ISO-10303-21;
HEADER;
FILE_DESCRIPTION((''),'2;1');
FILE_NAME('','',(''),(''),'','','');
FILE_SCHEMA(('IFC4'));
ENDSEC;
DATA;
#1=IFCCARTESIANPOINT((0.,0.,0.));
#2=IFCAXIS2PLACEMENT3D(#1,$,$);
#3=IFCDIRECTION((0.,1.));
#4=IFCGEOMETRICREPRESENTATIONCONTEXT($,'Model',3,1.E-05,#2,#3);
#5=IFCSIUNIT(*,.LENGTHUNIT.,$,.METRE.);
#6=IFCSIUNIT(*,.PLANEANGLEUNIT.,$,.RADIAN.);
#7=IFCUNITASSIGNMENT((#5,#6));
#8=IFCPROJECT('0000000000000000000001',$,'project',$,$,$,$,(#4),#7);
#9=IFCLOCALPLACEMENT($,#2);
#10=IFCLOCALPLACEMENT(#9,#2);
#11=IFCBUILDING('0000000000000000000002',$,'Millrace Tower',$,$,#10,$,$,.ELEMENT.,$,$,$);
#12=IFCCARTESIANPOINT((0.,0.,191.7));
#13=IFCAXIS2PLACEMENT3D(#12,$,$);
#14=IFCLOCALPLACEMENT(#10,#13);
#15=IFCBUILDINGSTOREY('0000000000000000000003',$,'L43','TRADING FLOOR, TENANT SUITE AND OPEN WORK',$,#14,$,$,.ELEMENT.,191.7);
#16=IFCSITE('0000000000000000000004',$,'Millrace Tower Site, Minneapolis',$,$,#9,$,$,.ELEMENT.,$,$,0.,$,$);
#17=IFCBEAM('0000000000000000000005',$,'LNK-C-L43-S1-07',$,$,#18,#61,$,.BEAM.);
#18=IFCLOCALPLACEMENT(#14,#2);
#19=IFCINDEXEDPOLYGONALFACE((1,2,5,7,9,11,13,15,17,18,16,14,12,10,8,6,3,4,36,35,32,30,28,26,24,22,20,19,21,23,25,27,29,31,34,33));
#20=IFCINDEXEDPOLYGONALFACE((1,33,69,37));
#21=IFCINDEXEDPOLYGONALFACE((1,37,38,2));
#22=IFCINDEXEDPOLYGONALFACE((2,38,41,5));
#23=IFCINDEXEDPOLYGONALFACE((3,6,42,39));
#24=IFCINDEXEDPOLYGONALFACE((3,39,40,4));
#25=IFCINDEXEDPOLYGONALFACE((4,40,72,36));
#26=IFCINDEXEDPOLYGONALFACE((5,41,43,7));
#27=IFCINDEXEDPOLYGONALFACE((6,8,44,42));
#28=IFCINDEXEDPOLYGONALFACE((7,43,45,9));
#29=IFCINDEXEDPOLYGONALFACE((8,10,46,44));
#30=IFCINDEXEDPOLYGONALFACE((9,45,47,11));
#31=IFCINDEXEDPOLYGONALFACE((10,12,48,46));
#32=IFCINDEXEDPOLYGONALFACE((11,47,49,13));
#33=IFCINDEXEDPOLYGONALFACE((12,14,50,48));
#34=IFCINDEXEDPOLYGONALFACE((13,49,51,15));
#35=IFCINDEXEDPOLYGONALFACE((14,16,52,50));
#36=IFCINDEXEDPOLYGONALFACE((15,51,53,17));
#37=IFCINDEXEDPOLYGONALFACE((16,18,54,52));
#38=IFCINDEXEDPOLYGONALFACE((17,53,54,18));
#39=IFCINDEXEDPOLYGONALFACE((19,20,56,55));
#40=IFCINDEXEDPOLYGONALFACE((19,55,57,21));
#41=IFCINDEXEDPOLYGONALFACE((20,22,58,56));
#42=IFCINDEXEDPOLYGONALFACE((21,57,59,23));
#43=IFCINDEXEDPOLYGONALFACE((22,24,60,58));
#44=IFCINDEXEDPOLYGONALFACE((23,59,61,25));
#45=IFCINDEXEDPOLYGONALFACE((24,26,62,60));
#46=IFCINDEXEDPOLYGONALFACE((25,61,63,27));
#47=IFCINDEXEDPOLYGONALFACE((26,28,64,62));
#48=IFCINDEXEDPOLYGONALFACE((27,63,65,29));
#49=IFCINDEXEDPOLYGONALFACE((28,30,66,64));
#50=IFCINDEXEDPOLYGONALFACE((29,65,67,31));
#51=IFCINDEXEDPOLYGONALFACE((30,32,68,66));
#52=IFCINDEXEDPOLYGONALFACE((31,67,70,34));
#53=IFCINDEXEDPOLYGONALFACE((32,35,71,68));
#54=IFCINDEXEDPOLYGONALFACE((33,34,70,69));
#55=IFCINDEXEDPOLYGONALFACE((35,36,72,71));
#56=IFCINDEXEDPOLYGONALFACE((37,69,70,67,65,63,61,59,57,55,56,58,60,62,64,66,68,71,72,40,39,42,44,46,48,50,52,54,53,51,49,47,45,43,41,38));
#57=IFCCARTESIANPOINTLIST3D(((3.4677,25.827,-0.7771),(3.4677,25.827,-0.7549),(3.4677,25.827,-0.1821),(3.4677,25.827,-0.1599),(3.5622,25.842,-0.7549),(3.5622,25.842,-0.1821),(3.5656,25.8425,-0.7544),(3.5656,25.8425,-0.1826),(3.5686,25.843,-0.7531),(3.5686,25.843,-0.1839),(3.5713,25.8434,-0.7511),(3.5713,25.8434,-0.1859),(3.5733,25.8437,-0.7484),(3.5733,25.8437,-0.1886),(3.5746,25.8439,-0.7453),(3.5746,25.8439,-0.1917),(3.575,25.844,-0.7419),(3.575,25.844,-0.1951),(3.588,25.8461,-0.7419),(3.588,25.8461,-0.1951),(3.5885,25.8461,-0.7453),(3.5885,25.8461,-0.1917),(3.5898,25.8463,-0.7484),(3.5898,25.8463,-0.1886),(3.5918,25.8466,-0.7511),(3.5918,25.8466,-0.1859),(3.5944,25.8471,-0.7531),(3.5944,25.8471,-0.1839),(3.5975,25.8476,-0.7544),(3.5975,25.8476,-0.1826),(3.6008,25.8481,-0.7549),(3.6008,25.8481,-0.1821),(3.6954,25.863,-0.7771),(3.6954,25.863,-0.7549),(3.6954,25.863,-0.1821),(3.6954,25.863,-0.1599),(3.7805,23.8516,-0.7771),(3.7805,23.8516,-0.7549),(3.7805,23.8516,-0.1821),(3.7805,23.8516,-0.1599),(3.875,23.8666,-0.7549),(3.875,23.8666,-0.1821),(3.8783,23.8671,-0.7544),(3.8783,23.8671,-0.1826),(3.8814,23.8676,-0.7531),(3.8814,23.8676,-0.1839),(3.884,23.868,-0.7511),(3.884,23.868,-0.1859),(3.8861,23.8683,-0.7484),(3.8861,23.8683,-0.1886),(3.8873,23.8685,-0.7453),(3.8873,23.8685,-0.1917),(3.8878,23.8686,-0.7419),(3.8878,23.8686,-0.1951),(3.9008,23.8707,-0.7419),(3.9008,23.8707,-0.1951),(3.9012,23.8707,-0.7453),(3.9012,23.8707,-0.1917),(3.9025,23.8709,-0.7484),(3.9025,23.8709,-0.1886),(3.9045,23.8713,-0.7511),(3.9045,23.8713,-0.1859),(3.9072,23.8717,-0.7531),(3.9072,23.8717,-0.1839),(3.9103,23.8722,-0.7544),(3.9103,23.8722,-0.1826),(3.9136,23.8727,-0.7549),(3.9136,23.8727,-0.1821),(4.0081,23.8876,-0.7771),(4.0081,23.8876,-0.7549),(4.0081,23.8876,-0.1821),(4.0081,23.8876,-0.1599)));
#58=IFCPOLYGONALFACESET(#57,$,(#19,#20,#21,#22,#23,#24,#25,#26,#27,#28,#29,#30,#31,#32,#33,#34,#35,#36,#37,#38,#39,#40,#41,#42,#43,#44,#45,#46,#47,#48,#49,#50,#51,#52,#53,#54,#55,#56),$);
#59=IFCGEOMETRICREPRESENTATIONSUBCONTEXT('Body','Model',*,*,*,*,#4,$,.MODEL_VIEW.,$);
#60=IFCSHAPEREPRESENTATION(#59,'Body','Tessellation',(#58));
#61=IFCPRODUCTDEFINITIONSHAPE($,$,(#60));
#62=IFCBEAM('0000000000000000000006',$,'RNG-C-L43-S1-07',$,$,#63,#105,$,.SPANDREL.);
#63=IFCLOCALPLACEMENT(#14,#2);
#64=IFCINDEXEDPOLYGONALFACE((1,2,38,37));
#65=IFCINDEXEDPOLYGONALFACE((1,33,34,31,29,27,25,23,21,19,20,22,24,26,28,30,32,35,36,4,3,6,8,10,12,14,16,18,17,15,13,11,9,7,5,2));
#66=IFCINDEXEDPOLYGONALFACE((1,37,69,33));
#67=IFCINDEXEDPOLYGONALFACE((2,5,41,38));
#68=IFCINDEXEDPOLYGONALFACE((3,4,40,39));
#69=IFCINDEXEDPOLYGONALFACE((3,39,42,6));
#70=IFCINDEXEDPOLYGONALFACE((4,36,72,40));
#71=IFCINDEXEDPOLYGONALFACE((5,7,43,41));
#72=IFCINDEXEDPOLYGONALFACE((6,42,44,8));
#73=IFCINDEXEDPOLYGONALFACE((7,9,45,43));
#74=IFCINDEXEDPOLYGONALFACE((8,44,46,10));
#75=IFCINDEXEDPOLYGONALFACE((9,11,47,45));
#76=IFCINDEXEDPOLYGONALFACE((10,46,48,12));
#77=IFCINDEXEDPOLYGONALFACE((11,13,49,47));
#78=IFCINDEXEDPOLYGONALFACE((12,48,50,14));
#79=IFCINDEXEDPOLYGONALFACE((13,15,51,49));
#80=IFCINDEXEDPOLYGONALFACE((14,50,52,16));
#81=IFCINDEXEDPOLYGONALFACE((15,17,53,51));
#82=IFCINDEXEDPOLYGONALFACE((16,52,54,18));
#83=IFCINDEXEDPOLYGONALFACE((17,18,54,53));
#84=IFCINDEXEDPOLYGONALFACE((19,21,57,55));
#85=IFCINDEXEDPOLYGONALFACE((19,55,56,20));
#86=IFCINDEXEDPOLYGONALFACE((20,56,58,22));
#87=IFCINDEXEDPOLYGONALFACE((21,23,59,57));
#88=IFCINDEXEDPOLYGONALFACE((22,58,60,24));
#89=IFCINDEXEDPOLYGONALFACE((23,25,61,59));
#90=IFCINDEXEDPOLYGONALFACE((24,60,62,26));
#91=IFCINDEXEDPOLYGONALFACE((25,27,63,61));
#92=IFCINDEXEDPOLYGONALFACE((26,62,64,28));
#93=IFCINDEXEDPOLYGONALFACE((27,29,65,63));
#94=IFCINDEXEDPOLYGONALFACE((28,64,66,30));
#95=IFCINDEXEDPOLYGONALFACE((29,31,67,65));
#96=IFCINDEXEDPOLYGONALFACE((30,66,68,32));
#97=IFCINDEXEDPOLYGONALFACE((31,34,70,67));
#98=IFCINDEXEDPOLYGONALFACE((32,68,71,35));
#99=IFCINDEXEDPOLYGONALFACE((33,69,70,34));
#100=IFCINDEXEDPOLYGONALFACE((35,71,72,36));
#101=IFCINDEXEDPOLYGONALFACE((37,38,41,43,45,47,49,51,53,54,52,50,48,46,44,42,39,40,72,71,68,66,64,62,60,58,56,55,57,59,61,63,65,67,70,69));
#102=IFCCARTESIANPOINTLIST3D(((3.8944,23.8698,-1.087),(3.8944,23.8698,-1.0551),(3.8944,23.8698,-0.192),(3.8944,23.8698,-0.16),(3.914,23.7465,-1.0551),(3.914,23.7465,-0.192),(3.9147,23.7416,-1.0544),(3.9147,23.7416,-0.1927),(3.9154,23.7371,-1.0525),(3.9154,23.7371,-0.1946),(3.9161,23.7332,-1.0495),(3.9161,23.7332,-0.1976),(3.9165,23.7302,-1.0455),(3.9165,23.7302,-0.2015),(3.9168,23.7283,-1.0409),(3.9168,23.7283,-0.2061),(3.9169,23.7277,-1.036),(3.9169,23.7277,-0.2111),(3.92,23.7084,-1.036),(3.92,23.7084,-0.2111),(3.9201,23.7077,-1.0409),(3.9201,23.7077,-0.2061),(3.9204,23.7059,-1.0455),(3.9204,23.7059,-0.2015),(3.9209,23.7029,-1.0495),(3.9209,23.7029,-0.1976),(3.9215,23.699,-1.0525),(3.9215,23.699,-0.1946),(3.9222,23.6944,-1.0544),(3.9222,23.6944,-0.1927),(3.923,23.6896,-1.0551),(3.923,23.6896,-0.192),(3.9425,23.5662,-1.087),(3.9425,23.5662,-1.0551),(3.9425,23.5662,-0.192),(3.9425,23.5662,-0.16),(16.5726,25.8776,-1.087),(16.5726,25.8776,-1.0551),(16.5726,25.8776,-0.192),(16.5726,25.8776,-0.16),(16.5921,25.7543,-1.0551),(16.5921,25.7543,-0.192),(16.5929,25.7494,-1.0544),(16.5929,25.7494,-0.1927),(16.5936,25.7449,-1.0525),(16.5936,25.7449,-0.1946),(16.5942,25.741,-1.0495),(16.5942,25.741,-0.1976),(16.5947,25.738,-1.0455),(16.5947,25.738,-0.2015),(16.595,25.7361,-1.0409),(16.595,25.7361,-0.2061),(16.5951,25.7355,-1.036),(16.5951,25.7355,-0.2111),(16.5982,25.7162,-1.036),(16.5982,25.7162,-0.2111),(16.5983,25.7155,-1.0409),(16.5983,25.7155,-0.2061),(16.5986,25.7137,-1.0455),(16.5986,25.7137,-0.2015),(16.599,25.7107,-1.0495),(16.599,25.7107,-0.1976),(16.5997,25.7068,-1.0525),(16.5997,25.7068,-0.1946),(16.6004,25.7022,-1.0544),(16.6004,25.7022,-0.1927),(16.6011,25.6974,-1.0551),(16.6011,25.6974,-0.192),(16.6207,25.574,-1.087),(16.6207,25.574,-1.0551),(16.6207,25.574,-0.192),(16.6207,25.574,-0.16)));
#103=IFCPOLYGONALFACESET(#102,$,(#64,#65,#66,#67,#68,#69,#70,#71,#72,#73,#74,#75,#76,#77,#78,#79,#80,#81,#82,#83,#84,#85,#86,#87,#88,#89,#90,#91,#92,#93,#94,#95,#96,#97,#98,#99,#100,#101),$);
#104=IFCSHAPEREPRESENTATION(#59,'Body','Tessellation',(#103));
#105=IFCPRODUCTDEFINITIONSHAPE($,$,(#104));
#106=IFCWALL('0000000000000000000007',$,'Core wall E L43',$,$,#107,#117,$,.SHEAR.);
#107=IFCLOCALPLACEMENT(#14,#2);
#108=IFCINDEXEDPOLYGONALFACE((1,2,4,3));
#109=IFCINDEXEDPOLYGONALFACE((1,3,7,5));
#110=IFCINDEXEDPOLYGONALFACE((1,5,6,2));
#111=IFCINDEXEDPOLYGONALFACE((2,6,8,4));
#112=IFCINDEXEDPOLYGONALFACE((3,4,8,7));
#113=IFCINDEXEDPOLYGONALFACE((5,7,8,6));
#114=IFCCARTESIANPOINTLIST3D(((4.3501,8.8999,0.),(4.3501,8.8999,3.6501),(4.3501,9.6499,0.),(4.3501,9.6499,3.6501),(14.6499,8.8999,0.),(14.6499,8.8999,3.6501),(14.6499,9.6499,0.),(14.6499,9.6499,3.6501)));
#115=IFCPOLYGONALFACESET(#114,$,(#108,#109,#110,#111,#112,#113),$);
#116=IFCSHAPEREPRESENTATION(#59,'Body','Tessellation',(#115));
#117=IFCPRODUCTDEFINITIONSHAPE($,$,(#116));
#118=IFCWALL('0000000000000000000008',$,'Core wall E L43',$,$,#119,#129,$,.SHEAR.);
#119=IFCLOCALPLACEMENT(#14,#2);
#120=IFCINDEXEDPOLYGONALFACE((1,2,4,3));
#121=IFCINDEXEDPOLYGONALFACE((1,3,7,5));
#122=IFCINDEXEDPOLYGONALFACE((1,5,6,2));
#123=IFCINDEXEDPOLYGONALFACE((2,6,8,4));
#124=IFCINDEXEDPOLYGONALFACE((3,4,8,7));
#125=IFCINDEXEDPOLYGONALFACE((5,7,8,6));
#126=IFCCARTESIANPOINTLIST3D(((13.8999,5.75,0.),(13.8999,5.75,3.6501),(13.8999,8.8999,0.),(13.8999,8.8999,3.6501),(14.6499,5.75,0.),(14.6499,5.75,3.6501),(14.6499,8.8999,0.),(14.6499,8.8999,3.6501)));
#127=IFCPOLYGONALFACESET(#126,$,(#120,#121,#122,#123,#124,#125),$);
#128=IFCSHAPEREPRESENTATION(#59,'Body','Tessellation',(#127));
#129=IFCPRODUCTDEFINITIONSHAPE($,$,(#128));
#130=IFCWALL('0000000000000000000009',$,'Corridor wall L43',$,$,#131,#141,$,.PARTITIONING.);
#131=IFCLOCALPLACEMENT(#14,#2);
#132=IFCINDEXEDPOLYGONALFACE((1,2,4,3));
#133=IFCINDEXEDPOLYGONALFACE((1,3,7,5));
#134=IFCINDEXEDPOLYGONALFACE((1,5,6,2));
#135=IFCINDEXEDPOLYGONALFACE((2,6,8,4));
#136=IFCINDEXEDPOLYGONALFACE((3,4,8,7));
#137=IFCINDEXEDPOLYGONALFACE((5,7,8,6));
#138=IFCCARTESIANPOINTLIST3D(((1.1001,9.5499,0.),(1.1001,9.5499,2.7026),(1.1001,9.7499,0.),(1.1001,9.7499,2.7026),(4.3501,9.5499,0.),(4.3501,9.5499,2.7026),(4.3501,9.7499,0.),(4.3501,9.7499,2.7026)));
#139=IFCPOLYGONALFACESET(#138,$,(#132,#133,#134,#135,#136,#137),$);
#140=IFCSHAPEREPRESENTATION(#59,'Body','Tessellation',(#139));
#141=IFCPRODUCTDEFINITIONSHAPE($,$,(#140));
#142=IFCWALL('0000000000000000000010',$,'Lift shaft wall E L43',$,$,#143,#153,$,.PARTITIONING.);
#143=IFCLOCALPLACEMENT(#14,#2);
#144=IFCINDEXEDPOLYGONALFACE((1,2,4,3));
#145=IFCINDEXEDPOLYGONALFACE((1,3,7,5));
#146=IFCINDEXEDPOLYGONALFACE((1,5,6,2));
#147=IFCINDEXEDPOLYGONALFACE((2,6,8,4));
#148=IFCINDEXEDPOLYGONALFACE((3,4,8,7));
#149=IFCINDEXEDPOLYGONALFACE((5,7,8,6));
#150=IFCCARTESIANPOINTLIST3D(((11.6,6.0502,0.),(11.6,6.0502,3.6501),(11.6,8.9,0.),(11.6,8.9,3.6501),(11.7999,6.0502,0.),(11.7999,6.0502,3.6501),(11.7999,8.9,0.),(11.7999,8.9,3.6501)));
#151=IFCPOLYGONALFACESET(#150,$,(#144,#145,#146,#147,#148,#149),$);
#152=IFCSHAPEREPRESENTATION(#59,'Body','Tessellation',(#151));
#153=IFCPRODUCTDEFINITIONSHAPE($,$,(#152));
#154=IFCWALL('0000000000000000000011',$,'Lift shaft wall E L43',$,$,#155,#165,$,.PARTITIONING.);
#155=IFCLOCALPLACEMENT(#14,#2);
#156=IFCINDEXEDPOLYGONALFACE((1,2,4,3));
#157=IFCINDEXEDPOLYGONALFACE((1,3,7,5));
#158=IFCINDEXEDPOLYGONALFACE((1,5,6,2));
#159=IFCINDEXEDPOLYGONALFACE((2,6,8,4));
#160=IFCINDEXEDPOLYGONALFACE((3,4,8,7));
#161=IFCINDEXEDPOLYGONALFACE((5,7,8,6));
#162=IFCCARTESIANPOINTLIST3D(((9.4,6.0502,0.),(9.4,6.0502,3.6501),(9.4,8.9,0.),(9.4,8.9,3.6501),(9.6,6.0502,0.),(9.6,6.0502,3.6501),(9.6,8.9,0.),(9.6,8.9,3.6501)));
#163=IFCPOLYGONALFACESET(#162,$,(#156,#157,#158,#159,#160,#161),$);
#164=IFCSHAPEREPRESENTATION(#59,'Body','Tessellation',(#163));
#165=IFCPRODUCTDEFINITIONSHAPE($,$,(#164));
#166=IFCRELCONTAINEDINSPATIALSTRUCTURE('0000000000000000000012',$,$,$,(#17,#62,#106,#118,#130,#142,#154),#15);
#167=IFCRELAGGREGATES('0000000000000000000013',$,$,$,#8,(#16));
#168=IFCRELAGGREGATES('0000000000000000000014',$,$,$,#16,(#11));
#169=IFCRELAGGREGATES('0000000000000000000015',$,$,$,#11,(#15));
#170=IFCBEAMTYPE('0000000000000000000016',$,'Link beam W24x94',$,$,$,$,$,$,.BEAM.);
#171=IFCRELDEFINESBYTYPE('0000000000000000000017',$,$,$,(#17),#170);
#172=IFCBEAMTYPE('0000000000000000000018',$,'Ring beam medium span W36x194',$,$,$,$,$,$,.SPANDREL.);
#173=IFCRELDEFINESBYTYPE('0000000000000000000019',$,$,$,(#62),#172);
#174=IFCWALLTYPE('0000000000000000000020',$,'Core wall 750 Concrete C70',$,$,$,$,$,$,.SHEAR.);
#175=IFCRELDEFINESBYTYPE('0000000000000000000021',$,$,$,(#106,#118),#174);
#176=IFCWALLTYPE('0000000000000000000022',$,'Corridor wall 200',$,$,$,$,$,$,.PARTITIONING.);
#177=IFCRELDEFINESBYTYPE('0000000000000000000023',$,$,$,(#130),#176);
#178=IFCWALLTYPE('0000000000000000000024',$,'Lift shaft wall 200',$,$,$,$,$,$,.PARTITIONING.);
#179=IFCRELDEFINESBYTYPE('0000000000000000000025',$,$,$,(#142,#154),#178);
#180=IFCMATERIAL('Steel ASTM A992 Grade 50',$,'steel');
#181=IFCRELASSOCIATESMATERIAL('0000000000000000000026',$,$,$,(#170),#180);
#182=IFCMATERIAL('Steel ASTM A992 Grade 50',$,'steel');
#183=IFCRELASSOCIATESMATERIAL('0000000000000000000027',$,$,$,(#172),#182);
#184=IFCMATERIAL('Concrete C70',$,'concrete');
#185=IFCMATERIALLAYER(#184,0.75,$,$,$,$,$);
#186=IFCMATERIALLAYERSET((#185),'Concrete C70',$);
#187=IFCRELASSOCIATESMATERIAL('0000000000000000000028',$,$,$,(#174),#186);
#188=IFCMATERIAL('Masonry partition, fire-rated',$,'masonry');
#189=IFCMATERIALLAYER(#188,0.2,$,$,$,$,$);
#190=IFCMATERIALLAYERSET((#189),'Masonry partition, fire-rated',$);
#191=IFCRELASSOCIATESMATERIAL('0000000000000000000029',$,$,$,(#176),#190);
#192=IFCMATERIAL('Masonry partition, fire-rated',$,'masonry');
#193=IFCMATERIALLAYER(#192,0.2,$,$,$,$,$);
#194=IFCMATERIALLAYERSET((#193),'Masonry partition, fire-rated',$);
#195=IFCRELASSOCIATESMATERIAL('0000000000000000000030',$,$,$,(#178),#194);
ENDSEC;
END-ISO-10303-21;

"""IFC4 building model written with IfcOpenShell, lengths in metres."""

from ifc_helpers import new_model, si_unit, direction, frame, frame_2d, origin, origin_2d, place, context, subcontext, project, spatial, rectangle, i_section, extrude, material, layer, layer_set, material_profile, profile_set, type_object, element, save


model = new_model("IFC4")

# Units and contexts
model_context = context("Model", 3, precision=1e-05, world=origin(), true_north=direction((0.0, 1.0)))
body_context = subcontext(model_context, "Body", "Model", "MODEL_VIEW")
ifc_project = project(units=[si_unit("LENGTHUNIT", "METRE"), si_unit("PLANEANGLEUNIT", "RADIAN")], contexts=[model_context])

# Site, building, storey
site_placement = place(None, origin())
site = spatial("IfcSite", under=ifc_project, at=site_placement, Name="Millrace Tower Site, Minneapolis", CompositionType="ELEMENT", RefElevation=0.0)
building_placement = place(site_placement, origin())
building = spatial("IfcBuilding", under=site, at=building_placement, Name="Millrace Tower", CompositionType="ELEMENT")
storey_placement = place(building_placement, frame((0.0, 0.0, 191.7)))
storey = spatial("IfcBuildingStorey", under=building, at=storey_placement, Name="L43", Description="TRADING FLOOR, TENANT SUITE AND OPEN WORK", CompositionType="ELEMENT", Elevation=191.7)

# Beams
ifc_material_1 = material(Name="Steel ASTM A992 Grade 50", Category="steel")
ifc_material_profile_1 = material_profile(ifc_material_1, i_section(OverallWidth=0.2305, OverallDepth=0.6172, WebThickness=0.0132, FlangeThickness=0.0222, FilletRadius=0.0129, at=origin_2d()))
ifc_profile_set_1 = profile_set([ifc_material_profile_1], Name="Steel ASTM A992 Grade 50")
beam_type_1 = type_object("IfcBeamType", Name="Link beam W24x94", PredefinedType="BEAM", material=ifc_profile_set_1)
beam_1_placement = place(storey_placement, frame((3.8943, 23.8696, -0.4685), z_axis=(-0.156376, 0.987698, 0.0), x_axis=(-0.987698, -0.156376, 0.0)))
element("IfcBeam", 1, at=beam_1_placement, inside=storey, type_object=beam_type_1, Name="LNK-C-L43-S1-07", PredefinedType="BEAM", context=body_context, shape_type="SweptSolid", body=[
    extrude(i_section(OverallWidth=0.2305, OverallDepth=0.6172, WebThickness=0.0132, FlangeThickness=0.0222, FilletRadius=0.0129, at=origin_2d()), origin(), (0.0, 0.0, 1.0), 2.0),
])
ifc_material_2 = material(Name="Steel ASTM A992 Grade 50", Category="steel")
ifc_material_profile_2 = material_profile(ifc_material_2, i_section(OverallWidth=0.3074, OverallDepth=0.927, WebThickness=0.0195, FlangeThickness=0.032, FilletRadius=0.019, at=origin_2d()))
ifc_profile_set_2 = profile_set([ifc_material_profile_2], Name="Steel ASTM A992 Grade 50")
beam_type_2 = type_object("IfcBeamType", Name="Ring beam medium span W36x194", PredefinedType="SPANDREL", material=ifc_profile_set_2)
beam_2_placement = place(storey_placement, frame((3.9185, 23.718, -0.6235), z_axis=(0.987691, 0.156418, 0.0), x_axis=(-0.156418, 0.987691, 0.0)))
element("IfcBeam", 2, at=beam_2_placement, inside=storey, type_object=beam_type_2, Name="RNG-C-L43-S1-07", PredefinedType="SPANDREL", context=body_context, shape_type="SweptSolid", body=[
    extrude(i_section(OverallWidth=0.3074, OverallDepth=0.927, WebThickness=0.0195, FlangeThickness=0.032, FilletRadius=0.019, at=origin_2d()), origin(), (0.0, 0.0, 1.0), 12.8362),
])

# Walls
ifc_material_3 = material(Name="Concrete C70", Category="concrete")
ifc_layer_1 = layer(ifc_material_3, 0.75)
ifc_layer_set_1 = layer_set([ifc_layer_1], Name="Concrete C70")
wall_type_1 = type_object("IfcWallType", Name="Core wall 750 Concrete C70", PredefinedType="SHEAR", material=ifc_layer_set_1)
wall_1_placement = place(storey_placement, frame((14.6499, 9.2749, 0.0), z_axis=(0.0, 0.0, 1.0), x_axis=(-1.0, 0.0, 0.0)))
element("IfcWall", 3, at=wall_1_placement, inside=storey, type_object=wall_type_1, Name="Core wall E L43", PredefinedType="SHEAR", context=body_context, shape_type="SweptSolid", body=[
    extrude(rectangle(XDim=10.2998, YDim=0.75, at=frame_2d((5.1499, 0.0))), origin(), (0.0, 0.0, 1.0), 3.6501),
])
wall_2_placement = place(storey_placement, frame((14.2749, 8.8999, 0.0), z_axis=(0.0, 0.0, 1.0), x_axis=(0.0, -1.0, 0.0)))
element("IfcWall", 4, at=wall_2_placement, inside=storey, type_object=wall_type_1, Name="Core wall E L43", PredefinedType="SHEAR", context=body_context, shape_type="SweptSolid", body=[
    extrude(rectangle(XDim=3.1499, YDim=0.75, at=frame_2d((1.575, 0.0))), origin(), (0.0, 0.0, 1.0), 3.6501),
])
ifc_material_4 = material(Name="Masonry partition, fire-rated", Category="masonry")
ifc_layer_2 = layer(ifc_material_4, 0.2)
ifc_layer_set_2 = layer_set([ifc_layer_2], Name="Masonry partition, fire-rated")
wall_type_2 = type_object("IfcWallType", Name="Corridor wall 200", PredefinedType="PARTITIONING", material=ifc_layer_set_2)
wall_3_placement = place(storey_placement, frame((1.1001, 9.6499, 0.0), z_axis=(0.0, 0.0, 1.0), x_axis=(1.0, 0.0, 0.0)))
element("IfcWall", 5, at=wall_3_placement, inside=storey, type_object=wall_type_2, Name="Corridor wall L43", PredefinedType="PARTITIONING", context=body_context, shape_type="SweptSolid", body=[
    extrude(rectangle(XDim=3.25, YDim=0.2, at=frame_2d((1.625, 0.0))), origin(), (0.0, 0.0, 1.0), 2.7026),
])
ifc_material_5 = material(Name="Masonry partition, fire-rated", Category="masonry")
ifc_layer_3 = layer(ifc_material_5, 0.2)
ifc_layer_set_3 = layer_set([ifc_layer_3], Name="Masonry partition, fire-rated")
wall_type_3 = type_object("IfcWallType", Name="Lift shaft wall 200", PredefinedType="PARTITIONING", material=ifc_layer_set_3)
for number, where, z_axis, x_axis, name in (
    (6, (11.7, 8.8999, 0.0), (0.0, 0.0, 1.0), (0.0, -1.0, 0.0), "Lift shaft wall E L43"),
    (7, (9.5, 8.8999, 0.0), (0.0, 0.0, 1.0), (0.0, -1.0, 0.0), "Lift shaft wall E L43"),
):
    element("IfcWall", number, at=place(storey_placement, frame(where, z_axis=z_axis, x_axis=x_axis)), inside=storey, type_object=wall_type_3, Name=name, PredefinedType="PARTITIONING", context=body_context, shape_type="SweptSolid", body=[
        extrude(rectangle(XDim=2.8499, YDim=0.2, at=frame_2d((1.4248, 0.0))), origin(), (0.0, 0.0, 1.0), 3.6501),
    ])

save(model, "model.ifc")
